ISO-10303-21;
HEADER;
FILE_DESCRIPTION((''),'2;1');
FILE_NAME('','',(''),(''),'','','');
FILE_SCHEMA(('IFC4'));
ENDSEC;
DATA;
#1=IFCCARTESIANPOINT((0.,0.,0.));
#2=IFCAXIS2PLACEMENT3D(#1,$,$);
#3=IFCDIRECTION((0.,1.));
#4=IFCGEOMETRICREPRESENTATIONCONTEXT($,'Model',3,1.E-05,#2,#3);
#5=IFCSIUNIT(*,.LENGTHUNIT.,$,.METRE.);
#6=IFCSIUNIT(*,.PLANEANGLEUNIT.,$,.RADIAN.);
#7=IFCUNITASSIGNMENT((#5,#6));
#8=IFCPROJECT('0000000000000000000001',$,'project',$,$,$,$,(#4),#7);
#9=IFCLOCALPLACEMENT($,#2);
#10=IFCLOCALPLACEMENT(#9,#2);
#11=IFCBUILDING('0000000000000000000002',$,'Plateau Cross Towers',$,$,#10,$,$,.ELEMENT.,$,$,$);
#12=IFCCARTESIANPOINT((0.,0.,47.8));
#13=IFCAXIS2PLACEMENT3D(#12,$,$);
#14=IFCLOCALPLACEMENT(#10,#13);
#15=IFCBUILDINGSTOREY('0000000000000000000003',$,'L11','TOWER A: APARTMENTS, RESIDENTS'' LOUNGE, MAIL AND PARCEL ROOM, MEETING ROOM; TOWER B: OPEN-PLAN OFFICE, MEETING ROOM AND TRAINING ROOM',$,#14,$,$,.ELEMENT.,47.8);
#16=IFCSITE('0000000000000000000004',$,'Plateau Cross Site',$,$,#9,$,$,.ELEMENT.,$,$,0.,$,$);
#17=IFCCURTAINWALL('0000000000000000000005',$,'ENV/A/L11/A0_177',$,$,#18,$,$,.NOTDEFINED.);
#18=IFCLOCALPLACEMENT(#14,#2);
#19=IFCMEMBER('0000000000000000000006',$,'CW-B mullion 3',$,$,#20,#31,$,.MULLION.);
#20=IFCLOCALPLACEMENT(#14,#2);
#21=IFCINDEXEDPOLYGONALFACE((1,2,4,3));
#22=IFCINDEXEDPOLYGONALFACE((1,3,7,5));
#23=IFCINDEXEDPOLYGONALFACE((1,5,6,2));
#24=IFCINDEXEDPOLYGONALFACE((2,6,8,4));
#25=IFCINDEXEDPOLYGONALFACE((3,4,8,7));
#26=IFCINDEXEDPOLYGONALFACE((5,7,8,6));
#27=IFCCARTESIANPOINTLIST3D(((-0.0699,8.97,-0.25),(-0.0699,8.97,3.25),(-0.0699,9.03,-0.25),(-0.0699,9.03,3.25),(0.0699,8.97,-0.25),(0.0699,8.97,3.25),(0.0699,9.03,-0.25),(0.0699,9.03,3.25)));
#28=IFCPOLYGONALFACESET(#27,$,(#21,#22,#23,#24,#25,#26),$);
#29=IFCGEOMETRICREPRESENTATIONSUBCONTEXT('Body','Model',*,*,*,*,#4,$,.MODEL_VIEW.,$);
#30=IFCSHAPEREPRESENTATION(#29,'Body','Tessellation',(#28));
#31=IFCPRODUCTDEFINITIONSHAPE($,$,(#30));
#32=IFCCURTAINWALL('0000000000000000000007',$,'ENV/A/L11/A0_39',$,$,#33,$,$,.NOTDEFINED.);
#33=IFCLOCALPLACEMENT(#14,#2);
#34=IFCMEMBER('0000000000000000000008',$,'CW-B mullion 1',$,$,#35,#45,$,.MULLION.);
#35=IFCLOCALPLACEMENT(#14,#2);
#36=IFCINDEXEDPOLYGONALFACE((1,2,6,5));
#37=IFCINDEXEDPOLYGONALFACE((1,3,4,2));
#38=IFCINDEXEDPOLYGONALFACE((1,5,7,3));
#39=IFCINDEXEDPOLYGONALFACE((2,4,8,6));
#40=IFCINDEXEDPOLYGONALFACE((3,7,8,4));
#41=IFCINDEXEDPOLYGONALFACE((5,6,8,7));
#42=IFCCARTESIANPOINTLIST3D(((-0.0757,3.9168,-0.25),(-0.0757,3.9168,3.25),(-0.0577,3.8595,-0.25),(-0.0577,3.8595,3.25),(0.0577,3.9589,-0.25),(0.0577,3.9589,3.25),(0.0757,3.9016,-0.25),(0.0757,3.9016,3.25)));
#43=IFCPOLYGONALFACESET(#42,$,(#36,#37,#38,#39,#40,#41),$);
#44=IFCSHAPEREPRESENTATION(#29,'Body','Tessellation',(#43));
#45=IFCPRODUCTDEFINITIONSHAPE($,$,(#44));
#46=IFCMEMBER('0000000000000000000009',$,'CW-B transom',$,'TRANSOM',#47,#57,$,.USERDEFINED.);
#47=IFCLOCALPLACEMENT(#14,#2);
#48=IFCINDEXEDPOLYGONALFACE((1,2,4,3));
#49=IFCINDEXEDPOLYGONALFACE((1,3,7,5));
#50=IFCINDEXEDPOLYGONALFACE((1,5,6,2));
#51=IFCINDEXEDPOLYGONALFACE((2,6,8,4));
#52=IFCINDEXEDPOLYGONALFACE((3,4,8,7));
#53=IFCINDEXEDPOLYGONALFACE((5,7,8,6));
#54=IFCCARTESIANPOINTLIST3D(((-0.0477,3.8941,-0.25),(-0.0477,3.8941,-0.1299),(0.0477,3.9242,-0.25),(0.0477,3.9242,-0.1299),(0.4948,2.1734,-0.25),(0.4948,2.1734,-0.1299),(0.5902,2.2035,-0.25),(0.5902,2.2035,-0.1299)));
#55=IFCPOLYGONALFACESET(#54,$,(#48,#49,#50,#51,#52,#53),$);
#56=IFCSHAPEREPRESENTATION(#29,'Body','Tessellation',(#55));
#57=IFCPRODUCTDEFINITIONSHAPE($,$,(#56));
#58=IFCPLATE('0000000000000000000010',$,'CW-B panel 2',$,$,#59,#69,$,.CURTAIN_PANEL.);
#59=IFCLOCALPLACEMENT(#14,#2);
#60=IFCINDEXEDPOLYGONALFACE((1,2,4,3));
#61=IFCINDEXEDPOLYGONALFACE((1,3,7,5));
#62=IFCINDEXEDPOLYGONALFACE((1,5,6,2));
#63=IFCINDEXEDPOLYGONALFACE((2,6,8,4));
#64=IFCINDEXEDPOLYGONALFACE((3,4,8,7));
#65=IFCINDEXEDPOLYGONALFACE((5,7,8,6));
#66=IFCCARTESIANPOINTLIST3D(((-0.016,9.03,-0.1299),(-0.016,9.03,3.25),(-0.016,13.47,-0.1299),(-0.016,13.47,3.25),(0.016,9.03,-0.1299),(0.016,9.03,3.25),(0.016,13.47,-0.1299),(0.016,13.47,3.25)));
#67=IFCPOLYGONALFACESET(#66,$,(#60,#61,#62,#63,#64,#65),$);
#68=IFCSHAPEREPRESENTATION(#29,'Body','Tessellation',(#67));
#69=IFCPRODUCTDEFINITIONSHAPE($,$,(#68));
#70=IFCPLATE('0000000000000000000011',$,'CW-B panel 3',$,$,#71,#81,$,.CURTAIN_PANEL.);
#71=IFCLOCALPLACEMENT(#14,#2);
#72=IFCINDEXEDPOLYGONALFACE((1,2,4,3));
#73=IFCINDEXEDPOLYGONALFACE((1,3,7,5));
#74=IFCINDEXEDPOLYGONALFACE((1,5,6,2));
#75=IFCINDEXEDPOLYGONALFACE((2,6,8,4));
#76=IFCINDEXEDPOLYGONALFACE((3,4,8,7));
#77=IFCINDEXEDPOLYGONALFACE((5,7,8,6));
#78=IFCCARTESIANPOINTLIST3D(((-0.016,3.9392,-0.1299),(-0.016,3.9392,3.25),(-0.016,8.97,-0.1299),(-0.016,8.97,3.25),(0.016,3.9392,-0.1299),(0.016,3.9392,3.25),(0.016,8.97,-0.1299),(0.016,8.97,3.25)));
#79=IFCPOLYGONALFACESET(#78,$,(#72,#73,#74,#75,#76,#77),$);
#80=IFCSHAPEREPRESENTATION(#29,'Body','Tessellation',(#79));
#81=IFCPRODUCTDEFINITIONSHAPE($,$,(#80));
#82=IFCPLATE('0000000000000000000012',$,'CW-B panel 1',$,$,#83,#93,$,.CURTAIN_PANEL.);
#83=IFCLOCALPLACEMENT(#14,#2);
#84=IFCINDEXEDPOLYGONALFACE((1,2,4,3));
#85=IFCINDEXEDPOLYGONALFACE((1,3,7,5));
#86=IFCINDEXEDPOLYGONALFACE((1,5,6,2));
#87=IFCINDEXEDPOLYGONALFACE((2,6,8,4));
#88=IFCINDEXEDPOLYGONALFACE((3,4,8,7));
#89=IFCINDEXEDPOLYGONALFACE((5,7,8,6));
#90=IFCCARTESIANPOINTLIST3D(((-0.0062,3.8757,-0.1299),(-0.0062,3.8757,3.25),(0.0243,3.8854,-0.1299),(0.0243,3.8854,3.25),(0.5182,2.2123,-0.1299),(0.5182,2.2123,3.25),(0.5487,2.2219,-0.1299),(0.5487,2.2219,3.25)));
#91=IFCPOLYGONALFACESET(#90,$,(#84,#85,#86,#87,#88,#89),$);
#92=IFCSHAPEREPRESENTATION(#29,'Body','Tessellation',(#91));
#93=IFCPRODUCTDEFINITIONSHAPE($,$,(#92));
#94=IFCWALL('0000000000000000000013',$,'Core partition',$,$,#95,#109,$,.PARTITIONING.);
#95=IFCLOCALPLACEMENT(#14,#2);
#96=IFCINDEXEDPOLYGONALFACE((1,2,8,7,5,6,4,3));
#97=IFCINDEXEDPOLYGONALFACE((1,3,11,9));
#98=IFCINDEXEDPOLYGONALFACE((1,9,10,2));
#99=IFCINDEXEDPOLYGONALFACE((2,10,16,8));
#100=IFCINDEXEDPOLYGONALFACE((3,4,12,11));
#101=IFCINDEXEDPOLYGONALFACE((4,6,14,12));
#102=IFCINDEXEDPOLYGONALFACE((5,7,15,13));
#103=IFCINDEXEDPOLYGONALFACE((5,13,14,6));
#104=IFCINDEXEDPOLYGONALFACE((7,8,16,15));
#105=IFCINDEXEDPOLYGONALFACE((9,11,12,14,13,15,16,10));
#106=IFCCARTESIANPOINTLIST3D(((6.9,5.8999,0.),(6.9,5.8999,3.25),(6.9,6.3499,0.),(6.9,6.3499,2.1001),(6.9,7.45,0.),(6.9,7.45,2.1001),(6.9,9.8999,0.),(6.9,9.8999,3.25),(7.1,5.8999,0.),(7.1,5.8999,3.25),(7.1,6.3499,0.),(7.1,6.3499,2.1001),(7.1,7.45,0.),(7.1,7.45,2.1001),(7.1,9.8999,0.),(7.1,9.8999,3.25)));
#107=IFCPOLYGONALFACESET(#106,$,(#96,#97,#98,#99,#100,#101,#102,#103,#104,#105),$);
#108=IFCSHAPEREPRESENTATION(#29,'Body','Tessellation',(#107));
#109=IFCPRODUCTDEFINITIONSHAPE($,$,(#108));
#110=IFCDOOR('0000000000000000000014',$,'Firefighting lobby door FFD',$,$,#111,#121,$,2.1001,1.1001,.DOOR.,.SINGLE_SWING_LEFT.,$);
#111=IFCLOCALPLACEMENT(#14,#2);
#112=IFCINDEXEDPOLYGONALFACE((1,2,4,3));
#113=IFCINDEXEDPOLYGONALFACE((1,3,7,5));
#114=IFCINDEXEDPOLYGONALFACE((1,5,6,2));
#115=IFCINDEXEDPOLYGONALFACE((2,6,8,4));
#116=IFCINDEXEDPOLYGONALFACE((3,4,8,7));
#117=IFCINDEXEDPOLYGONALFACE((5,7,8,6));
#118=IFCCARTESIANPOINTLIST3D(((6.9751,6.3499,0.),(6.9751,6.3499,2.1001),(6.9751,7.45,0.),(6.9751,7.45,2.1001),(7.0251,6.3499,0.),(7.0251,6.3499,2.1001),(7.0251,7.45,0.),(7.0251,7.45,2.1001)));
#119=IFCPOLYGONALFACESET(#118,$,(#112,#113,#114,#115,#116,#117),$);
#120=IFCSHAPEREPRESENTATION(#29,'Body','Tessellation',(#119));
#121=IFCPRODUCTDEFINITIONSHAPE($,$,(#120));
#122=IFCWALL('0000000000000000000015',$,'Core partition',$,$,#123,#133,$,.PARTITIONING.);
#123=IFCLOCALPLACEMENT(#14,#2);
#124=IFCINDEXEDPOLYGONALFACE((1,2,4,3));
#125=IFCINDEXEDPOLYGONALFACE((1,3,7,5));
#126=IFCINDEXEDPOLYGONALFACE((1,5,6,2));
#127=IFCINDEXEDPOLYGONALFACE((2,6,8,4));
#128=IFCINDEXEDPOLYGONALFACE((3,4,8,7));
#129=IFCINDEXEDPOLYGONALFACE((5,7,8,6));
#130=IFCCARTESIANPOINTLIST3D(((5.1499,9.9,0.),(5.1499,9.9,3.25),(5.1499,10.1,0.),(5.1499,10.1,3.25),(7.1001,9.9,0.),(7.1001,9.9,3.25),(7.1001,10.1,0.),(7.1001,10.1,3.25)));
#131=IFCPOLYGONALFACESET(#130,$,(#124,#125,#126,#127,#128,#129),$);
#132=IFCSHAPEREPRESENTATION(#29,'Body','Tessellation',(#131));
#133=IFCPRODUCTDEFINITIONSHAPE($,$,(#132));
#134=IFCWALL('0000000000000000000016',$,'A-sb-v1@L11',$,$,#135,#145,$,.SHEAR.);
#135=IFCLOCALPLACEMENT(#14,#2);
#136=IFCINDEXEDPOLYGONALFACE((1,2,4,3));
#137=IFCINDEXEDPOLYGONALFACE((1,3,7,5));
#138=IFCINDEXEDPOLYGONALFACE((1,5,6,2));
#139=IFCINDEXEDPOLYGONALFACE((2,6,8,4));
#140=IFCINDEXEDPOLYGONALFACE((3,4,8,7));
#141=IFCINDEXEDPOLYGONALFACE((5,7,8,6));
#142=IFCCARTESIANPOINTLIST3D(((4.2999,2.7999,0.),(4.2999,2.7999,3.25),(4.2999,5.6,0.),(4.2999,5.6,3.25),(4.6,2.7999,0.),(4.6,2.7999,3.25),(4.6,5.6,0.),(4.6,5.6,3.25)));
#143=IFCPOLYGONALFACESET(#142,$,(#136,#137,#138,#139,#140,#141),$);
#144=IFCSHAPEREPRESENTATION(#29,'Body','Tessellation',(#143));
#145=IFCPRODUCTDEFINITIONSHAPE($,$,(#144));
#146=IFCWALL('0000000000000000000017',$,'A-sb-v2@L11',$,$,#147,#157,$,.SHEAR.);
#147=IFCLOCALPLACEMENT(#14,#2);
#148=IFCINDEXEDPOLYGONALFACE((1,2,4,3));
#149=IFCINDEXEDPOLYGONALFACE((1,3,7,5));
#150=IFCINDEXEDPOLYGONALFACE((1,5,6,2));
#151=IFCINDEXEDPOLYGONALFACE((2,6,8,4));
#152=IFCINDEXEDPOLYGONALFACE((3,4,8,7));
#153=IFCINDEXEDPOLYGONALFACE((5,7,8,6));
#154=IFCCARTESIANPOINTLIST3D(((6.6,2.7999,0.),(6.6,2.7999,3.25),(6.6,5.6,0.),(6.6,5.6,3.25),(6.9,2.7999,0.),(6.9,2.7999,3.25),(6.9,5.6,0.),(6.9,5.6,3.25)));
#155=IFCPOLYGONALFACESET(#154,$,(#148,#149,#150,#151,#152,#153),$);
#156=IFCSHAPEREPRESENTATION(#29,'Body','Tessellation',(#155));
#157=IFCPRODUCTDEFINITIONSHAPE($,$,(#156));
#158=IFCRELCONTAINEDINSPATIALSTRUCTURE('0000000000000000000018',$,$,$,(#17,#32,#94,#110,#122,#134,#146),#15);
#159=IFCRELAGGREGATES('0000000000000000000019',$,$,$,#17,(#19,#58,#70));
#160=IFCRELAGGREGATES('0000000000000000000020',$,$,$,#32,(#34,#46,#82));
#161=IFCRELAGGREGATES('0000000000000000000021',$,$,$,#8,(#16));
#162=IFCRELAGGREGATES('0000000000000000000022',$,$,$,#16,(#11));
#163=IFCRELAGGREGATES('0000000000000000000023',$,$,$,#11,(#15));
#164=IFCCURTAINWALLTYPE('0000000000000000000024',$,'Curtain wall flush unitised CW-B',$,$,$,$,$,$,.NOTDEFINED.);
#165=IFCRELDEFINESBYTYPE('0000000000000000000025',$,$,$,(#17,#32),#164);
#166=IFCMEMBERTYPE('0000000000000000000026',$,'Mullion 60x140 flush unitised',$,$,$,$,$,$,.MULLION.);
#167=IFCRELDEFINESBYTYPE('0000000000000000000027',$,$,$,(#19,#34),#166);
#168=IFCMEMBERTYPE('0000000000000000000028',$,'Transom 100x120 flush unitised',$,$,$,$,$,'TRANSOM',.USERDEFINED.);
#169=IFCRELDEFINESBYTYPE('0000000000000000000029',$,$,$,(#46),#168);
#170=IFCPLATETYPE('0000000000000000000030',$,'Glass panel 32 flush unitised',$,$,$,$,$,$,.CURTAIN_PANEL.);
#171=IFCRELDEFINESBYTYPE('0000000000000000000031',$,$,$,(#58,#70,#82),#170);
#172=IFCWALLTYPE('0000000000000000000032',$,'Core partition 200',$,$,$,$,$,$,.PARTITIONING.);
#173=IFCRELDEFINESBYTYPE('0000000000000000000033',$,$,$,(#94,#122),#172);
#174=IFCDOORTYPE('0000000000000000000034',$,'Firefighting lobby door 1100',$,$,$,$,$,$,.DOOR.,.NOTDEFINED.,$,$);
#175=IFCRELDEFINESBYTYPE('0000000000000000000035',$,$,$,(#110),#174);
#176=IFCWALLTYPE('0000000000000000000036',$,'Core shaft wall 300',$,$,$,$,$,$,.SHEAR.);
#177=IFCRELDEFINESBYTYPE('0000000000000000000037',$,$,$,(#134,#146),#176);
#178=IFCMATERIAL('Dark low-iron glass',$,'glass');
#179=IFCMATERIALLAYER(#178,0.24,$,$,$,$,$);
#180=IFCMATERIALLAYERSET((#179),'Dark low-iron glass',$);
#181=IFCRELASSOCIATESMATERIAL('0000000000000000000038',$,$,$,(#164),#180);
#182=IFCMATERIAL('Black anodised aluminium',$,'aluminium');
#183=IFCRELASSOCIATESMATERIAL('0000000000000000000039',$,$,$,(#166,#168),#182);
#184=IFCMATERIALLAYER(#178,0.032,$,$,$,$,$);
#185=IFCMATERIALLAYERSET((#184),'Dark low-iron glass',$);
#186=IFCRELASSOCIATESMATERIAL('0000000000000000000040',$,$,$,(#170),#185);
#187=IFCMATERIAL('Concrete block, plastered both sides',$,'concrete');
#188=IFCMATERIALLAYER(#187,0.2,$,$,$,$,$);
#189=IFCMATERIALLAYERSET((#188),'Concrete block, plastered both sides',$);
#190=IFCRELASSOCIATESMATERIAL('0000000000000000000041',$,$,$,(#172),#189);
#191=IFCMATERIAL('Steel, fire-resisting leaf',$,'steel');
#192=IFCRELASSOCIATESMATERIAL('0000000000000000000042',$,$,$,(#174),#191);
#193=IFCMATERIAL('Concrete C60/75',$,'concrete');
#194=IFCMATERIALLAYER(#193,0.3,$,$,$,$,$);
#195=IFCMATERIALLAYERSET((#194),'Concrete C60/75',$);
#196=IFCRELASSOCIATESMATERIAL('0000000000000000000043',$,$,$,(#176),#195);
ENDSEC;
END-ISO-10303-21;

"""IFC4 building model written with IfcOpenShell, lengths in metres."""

from ifc_helpers import new_model, si_unit, direction, frame, frame_2d, origin, origin_2d, place, context, subcontext, project, spatial, rectangle, extrude, material, layer, layer_set, material_profile, profile_set, type_object, element, fill, aggregate, save


model = new_model("IFC4")

# Units and contexts
model_context = context("Model", 3, precision=1e-05, world=origin(), true_north=direction((0.0, 1.0)))
body_context = subcontext(model_context, "Body", "Model", "MODEL_VIEW")
ifc_project = project(units=[si_unit("LENGTHUNIT", "METRE"), si_unit("PLANEANGLEUNIT", "RADIAN")], contexts=[model_context])

# Site, building, storey
site_placement = place(None, origin())
site = spatial("IfcSite", under=ifc_project, at=site_placement, Name="Plateau Cross Site", CompositionType="ELEMENT", RefElevation=0.0)
building_placement = place(site_placement, origin())
building = spatial("IfcBuilding", under=site, at=building_placement, Name="Plateau Cross Towers", CompositionType="ELEMENT")
storey_placement = place(building_placement, frame((0.0, 0.0, 47.8)))
storey = spatial("IfcBuildingStorey", under=building, at=storey_placement, Name="L11", Description="TOWER A: APARTMENTS, RESIDENTS' LOUNGE, MAIL AND PARCEL ROOM, MEETING ROOM; TOWER B: OPEN-PLAN OFFICE, MEETING ROOM AND TRAINING ROOM", CompositionType="ELEMENT", Elevation=47.8)

# Curtain wall, member
ifc_material_1 = material(Name="Dark low-iron glass", Category="glass")
ifc_layer_1 = layer(ifc_material_1, 0.24)
ifc_layer_set_1 = layer_set([ifc_layer_1], Name="Dark low-iron glass")
curtain_wall_type = type_object("IfcCurtainWallType", Name="Curtain wall flush unitised CW-B", PredefinedType="NOTDEFINED", material=ifc_layer_set_1)
curtain_wall_1_placement = place(storey_placement, origin())
curtain_wall_1 = element("IfcCurtainWall", 1, at=curtain_wall_1_placement, inside=storey, type_object=curtain_wall_type, Name="ENV/A/L11/A0_177", PredefinedType="NOTDEFINED")
ifc_material_2 = material(Name="Black anodised aluminium", Category="aluminium")
ifc_material_profile_1 = material_profile(ifc_material_2, rectangle(XDim=0.0601, YDim=0.1399, at=origin_2d()), Name="MULLION 60x140")
ifc_profile_set_1 = profile_set([ifc_material_profile_1], Name="Black anodised aluminium")
member_type_1 = type_object("IfcMemberType", Name="Mullion 60x140 flush unitised", PredefinedType="MULLION", material=ifc_profile_set_1)
member_1_placement = place(storey_placement, frame((0.0, 9.0, -0.25), z_axis=(0.0, 0.0, 1.0), x_axis=(0.0, -1.0, 0.0)))
member_1 = element("IfcMember", 2, at=member_1_placement, type_object=member_type_1, Name="CW-B mullion 3", PredefinedType="MULLION", context=body_context, shape_type="SweptSolid", body=[
    extrude(rectangle(XDim=0.0601, YDim=0.1399, at=origin_2d()), origin(), (0.0, 0.0, 1.0), 3.5),
])

# Curtain wall, members
curtain_wall_2_placement = place(storey_placement, origin())
curtain_wall_2 = element("IfcCurtainWall", 3, at=curtain_wall_2_placement, inside=storey, type_object=curtain_wall_type, Name="ENV/A/L11/A0_39", PredefinedType="NOTDEFINED")
member_2_placement = place(storey_placement, frame((0.0, 3.9092, -0.25), z_axis=(0.0, 0.0, 1.0), x_axis=(0.300686, -0.953723, 0.0)))
member_2 = element("IfcMember", 4, at=member_2_placement, type_object=member_type_1, Name="CW-B mullion 1", PredefinedType="MULLION", context=body_context, shape_type="SweptSolid", body=[
    extrude(rectangle(XDim=0.0601, YDim=0.1399, at=origin_2d()), origin(), (0.0, 0.0, 1.0), 3.5),
])
ifc_material_profile_2 = material_profile(ifc_material_2, rectangle(XDim=0.1001, YDim=0.1201, at=origin_2d()), Name="TRANSOM 100x120")
ifc_profile_set_2 = profile_set([ifc_material_profile_2], Name="Black anodised aluminium")
member_type_2 = type_object("IfcMemberType", Name="Transom 100x120 flush unitised", ElementType="TRANSOM", PredefinedType="USERDEFINED", material=ifc_profile_set_2)
member_3_placement = place(storey_placement, frame((0.0, 3.9092, -0.1899), z_axis=(0.300678, -0.953726, 0.0), x_axis=(0.953726, 0.300678, 0.0)))
member_3 = element("IfcMember", 5, at=member_3_placement, type_object=member_type_2, Name="CW-B transom", ObjectType="TRANSOM", PredefinedType="USERDEFINED", context=body_context, shape_type="SweptSolid", body=[
    extrude(rectangle(XDim=0.1001, YDim=0.1201, at=origin_2d()), origin(), (0.0, 0.0, 1.0), 1.8042),
])

# Plates
ifc_layer_2 = layer(ifc_material_1, 0.032)
ifc_layer_set_2 = layer_set([ifc_layer_2], Name="Dark low-iron glass")
plate_type = type_object("IfcPlateType", Name="Glass panel 32 flush unitised", PredefinedType="CURTAIN_PANEL", material=ifc_layer_set_2)
plate_1_placement = place(storey_placement, frame((0.0, 11.25, -0.1299), z_axis=(0.0, 0.0, 1.0), x_axis=(0.0, -1.0, 0.0)))
plate_1 = element("IfcPlate", 6, at=plate_1_placement, type_object=plate_type, Name="CW-B panel 2", PredefinedType="CURTAIN_PANEL", context=body_context, shape_type="SweptSolid", body=[
    extrude(rectangle(XDim=4.4399, YDim=0.032, at=origin_2d()), origin(), (0.0, 0.0, 1.0), 3.3799),
])
plate_2_placement = place(storey_placement, frame((0.0, 6.4546, -0.1299), z_axis=(0.0, 0.0, 1.0), x_axis=(0.0, -1.0, 0.0)))
plate_2 = element("IfcPlate", 7, at=plate_2_placement, type_object=plate_type, Name="CW-B panel 3", PredefinedType="CURTAIN_PANEL", context=body_context, shape_type="SweptSolid", body=[
    extrude(rectangle(XDim=5.0308, YDim=0.032, at=origin_2d()), origin(), (0.0, 0.0, 1.0), 3.3799),
])
aggregate(curtain_wall_1, [member_1, plate_1, plate_2])
plate_3_placement = place(storey_placement, frame((0.2712, 3.0488, -0.1299), z_axis=(0.0, 0.0, 1.0), x_axis=(0.300686, -0.953723, 0.0)))
plate_3 = element("IfcPlate", 8, at=plate_3_placement, type_object=plate_type, Name="CW-B panel 1", PredefinedType="CURTAIN_PANEL", context=body_context, shape_type="SweptSolid", body=[
    extrude(rectangle(XDim=1.7441, YDim=0.032, at=origin_2d()), origin(), (0.0, 0.0, 1.0), 3.3799),
])
aggregate(curtain_wall_2, [member_2, member_3, plate_3])

# Wall, opening, door
ifc_material_3 = material(Name="Concrete block, plastered both sides", Category="concrete")
ifc_layer_3 = layer(ifc_material_3, 0.2)
ifc_layer_set_3 = layer_set([ifc_layer_3], Name="Concrete block, plastered both sides")
wall_type_1 = type_object("IfcWallType", Name="Core partition 200", PredefinedType="PARTITIONING", material=ifc_layer_set_3)
wall_1_placement = place(storey_placement, frame((7.0, 5.8999, 0.0), z_axis=(0.0, 0.0, 1.0), x_axis=(0.0, 1.0, 0.0)))
wall_1 = element("IfcWall", 9, at=wall_1_placement, inside=storey, type_object=wall_type_1, Name="Core partition", PredefinedType="PARTITIONING", context=body_context, shape_type="SweptSolid", body=[
    extrude(rectangle(XDim=4.0, YDim=0.2, at=frame_2d((2.0, 0.0))), origin(), (0.0, 0.0, 1.0), 3.25),
])
opening_1_placement = place(wall_1_placement, frame((0.45, 0.0, 0.0)))
opening_1 = element("IfcOpeningElement", 10, at=opening_1_placement, cuts=wall_1, PredefinedType="OPENING", context=body_context, shape_type="SweptSolid", body=[
    extrude(rectangle(XDim=1.1001, YDim=2.1001, at=frame_2d((0.55, 1.05))), frame((0.0, 0.1099, 0.0), z_axis=(0.0, -1.0, 0.0), x_axis=(1.0, 0.0, 0.0)), (0.0, 0.0, 1.0), 0.22),
])
ifc_material_4 = material(Name="Steel, fire-resisting leaf", Category="steel")
door_type_1 = type_object("IfcDoorType", Name="Firefighting lobby door 1100", OperationType="NOTDEFINED", PredefinedType="DOOR", material=ifc_material_4)
door_1_placement = place(opening_1_placement, origin())
door_1 = element("IfcDoor", 11, at=door_1_placement, inside=storey, type_object=door_type_1, Name="Firefighting lobby door FFD", OperationType="SINGLE_SWING_LEFT", OverallHeight=2.1001, OverallWidth=1.1001, PredefinedType="DOOR", context=body_context, shape_type="SweptSolid", body=[
    extrude(rectangle(XDim=1.1001, YDim=2.1001, at=frame_2d((0.55, 1.05))), frame((0.0, 0.0249, 0.0), z_axis=(0.0, -1.0, 0.0), x_axis=(1.0, 0.0, 0.0)), (0.0, 0.0, 1.0), 0.05),
])
fill(opening_1, door_1)

# Walls
wall_2_placement = place(storey_placement, frame((5.1499, 10.0, 0.0), z_axis=(0.0, 0.0, 1.0), x_axis=(1.0, 0.0, 0.0)))
element("IfcWall", 12, at=wall_2_placement, inside=storey, type_object=wall_type_1, Name="Core partition", PredefinedType="PARTITIONING", context=body_context, shape_type="SweptSolid", body=[
    extrude(rectangle(XDim=1.9502, YDim=0.2, at=frame_2d((0.9751, 0.0))), origin(), (0.0, 0.0, 1.0), 3.25),
])
ifc_material_5 = material(Name="Concrete C60/75", Category="concrete")
ifc_layer_4 = layer(ifc_material_5, 0.3)
ifc_layer_set_4 = layer_set([ifc_layer_4], Name="Concrete C60/75")
wall_type_2 = type_object("IfcWallType", Name="Core shaft wall 300", PredefinedType="SHEAR", material=ifc_layer_set_4)
for number, where, z_axis, x_axis, name in (
    (13, (4.45, 2.8, 0.0), (0.0, 0.0, 1.0), (0.0, 1.0, 0.0), "A-sb-v1@L11"),
    (14, (6.75, 2.8, 0.0), (0.0, 0.0, 1.0), (0.0, 1.0, 0.0), "A-sb-v2@L11"),
):
    element("IfcWall", number, at=place(storey_placement, frame(where, z_axis=z_axis, x_axis=x_axis)), inside=storey, type_object=wall_type_2, Name=name, PredefinedType="SHEAR", context=body_context, shape_type="SweptSolid", body=[
        extrude(rectangle(XDim=2.8, YDim=0.3, at=frame_2d((1.3999, 0.0))), origin(), (0.0, 0.0, 1.0), 3.25),
    ])

save(model, "model.ifc")
